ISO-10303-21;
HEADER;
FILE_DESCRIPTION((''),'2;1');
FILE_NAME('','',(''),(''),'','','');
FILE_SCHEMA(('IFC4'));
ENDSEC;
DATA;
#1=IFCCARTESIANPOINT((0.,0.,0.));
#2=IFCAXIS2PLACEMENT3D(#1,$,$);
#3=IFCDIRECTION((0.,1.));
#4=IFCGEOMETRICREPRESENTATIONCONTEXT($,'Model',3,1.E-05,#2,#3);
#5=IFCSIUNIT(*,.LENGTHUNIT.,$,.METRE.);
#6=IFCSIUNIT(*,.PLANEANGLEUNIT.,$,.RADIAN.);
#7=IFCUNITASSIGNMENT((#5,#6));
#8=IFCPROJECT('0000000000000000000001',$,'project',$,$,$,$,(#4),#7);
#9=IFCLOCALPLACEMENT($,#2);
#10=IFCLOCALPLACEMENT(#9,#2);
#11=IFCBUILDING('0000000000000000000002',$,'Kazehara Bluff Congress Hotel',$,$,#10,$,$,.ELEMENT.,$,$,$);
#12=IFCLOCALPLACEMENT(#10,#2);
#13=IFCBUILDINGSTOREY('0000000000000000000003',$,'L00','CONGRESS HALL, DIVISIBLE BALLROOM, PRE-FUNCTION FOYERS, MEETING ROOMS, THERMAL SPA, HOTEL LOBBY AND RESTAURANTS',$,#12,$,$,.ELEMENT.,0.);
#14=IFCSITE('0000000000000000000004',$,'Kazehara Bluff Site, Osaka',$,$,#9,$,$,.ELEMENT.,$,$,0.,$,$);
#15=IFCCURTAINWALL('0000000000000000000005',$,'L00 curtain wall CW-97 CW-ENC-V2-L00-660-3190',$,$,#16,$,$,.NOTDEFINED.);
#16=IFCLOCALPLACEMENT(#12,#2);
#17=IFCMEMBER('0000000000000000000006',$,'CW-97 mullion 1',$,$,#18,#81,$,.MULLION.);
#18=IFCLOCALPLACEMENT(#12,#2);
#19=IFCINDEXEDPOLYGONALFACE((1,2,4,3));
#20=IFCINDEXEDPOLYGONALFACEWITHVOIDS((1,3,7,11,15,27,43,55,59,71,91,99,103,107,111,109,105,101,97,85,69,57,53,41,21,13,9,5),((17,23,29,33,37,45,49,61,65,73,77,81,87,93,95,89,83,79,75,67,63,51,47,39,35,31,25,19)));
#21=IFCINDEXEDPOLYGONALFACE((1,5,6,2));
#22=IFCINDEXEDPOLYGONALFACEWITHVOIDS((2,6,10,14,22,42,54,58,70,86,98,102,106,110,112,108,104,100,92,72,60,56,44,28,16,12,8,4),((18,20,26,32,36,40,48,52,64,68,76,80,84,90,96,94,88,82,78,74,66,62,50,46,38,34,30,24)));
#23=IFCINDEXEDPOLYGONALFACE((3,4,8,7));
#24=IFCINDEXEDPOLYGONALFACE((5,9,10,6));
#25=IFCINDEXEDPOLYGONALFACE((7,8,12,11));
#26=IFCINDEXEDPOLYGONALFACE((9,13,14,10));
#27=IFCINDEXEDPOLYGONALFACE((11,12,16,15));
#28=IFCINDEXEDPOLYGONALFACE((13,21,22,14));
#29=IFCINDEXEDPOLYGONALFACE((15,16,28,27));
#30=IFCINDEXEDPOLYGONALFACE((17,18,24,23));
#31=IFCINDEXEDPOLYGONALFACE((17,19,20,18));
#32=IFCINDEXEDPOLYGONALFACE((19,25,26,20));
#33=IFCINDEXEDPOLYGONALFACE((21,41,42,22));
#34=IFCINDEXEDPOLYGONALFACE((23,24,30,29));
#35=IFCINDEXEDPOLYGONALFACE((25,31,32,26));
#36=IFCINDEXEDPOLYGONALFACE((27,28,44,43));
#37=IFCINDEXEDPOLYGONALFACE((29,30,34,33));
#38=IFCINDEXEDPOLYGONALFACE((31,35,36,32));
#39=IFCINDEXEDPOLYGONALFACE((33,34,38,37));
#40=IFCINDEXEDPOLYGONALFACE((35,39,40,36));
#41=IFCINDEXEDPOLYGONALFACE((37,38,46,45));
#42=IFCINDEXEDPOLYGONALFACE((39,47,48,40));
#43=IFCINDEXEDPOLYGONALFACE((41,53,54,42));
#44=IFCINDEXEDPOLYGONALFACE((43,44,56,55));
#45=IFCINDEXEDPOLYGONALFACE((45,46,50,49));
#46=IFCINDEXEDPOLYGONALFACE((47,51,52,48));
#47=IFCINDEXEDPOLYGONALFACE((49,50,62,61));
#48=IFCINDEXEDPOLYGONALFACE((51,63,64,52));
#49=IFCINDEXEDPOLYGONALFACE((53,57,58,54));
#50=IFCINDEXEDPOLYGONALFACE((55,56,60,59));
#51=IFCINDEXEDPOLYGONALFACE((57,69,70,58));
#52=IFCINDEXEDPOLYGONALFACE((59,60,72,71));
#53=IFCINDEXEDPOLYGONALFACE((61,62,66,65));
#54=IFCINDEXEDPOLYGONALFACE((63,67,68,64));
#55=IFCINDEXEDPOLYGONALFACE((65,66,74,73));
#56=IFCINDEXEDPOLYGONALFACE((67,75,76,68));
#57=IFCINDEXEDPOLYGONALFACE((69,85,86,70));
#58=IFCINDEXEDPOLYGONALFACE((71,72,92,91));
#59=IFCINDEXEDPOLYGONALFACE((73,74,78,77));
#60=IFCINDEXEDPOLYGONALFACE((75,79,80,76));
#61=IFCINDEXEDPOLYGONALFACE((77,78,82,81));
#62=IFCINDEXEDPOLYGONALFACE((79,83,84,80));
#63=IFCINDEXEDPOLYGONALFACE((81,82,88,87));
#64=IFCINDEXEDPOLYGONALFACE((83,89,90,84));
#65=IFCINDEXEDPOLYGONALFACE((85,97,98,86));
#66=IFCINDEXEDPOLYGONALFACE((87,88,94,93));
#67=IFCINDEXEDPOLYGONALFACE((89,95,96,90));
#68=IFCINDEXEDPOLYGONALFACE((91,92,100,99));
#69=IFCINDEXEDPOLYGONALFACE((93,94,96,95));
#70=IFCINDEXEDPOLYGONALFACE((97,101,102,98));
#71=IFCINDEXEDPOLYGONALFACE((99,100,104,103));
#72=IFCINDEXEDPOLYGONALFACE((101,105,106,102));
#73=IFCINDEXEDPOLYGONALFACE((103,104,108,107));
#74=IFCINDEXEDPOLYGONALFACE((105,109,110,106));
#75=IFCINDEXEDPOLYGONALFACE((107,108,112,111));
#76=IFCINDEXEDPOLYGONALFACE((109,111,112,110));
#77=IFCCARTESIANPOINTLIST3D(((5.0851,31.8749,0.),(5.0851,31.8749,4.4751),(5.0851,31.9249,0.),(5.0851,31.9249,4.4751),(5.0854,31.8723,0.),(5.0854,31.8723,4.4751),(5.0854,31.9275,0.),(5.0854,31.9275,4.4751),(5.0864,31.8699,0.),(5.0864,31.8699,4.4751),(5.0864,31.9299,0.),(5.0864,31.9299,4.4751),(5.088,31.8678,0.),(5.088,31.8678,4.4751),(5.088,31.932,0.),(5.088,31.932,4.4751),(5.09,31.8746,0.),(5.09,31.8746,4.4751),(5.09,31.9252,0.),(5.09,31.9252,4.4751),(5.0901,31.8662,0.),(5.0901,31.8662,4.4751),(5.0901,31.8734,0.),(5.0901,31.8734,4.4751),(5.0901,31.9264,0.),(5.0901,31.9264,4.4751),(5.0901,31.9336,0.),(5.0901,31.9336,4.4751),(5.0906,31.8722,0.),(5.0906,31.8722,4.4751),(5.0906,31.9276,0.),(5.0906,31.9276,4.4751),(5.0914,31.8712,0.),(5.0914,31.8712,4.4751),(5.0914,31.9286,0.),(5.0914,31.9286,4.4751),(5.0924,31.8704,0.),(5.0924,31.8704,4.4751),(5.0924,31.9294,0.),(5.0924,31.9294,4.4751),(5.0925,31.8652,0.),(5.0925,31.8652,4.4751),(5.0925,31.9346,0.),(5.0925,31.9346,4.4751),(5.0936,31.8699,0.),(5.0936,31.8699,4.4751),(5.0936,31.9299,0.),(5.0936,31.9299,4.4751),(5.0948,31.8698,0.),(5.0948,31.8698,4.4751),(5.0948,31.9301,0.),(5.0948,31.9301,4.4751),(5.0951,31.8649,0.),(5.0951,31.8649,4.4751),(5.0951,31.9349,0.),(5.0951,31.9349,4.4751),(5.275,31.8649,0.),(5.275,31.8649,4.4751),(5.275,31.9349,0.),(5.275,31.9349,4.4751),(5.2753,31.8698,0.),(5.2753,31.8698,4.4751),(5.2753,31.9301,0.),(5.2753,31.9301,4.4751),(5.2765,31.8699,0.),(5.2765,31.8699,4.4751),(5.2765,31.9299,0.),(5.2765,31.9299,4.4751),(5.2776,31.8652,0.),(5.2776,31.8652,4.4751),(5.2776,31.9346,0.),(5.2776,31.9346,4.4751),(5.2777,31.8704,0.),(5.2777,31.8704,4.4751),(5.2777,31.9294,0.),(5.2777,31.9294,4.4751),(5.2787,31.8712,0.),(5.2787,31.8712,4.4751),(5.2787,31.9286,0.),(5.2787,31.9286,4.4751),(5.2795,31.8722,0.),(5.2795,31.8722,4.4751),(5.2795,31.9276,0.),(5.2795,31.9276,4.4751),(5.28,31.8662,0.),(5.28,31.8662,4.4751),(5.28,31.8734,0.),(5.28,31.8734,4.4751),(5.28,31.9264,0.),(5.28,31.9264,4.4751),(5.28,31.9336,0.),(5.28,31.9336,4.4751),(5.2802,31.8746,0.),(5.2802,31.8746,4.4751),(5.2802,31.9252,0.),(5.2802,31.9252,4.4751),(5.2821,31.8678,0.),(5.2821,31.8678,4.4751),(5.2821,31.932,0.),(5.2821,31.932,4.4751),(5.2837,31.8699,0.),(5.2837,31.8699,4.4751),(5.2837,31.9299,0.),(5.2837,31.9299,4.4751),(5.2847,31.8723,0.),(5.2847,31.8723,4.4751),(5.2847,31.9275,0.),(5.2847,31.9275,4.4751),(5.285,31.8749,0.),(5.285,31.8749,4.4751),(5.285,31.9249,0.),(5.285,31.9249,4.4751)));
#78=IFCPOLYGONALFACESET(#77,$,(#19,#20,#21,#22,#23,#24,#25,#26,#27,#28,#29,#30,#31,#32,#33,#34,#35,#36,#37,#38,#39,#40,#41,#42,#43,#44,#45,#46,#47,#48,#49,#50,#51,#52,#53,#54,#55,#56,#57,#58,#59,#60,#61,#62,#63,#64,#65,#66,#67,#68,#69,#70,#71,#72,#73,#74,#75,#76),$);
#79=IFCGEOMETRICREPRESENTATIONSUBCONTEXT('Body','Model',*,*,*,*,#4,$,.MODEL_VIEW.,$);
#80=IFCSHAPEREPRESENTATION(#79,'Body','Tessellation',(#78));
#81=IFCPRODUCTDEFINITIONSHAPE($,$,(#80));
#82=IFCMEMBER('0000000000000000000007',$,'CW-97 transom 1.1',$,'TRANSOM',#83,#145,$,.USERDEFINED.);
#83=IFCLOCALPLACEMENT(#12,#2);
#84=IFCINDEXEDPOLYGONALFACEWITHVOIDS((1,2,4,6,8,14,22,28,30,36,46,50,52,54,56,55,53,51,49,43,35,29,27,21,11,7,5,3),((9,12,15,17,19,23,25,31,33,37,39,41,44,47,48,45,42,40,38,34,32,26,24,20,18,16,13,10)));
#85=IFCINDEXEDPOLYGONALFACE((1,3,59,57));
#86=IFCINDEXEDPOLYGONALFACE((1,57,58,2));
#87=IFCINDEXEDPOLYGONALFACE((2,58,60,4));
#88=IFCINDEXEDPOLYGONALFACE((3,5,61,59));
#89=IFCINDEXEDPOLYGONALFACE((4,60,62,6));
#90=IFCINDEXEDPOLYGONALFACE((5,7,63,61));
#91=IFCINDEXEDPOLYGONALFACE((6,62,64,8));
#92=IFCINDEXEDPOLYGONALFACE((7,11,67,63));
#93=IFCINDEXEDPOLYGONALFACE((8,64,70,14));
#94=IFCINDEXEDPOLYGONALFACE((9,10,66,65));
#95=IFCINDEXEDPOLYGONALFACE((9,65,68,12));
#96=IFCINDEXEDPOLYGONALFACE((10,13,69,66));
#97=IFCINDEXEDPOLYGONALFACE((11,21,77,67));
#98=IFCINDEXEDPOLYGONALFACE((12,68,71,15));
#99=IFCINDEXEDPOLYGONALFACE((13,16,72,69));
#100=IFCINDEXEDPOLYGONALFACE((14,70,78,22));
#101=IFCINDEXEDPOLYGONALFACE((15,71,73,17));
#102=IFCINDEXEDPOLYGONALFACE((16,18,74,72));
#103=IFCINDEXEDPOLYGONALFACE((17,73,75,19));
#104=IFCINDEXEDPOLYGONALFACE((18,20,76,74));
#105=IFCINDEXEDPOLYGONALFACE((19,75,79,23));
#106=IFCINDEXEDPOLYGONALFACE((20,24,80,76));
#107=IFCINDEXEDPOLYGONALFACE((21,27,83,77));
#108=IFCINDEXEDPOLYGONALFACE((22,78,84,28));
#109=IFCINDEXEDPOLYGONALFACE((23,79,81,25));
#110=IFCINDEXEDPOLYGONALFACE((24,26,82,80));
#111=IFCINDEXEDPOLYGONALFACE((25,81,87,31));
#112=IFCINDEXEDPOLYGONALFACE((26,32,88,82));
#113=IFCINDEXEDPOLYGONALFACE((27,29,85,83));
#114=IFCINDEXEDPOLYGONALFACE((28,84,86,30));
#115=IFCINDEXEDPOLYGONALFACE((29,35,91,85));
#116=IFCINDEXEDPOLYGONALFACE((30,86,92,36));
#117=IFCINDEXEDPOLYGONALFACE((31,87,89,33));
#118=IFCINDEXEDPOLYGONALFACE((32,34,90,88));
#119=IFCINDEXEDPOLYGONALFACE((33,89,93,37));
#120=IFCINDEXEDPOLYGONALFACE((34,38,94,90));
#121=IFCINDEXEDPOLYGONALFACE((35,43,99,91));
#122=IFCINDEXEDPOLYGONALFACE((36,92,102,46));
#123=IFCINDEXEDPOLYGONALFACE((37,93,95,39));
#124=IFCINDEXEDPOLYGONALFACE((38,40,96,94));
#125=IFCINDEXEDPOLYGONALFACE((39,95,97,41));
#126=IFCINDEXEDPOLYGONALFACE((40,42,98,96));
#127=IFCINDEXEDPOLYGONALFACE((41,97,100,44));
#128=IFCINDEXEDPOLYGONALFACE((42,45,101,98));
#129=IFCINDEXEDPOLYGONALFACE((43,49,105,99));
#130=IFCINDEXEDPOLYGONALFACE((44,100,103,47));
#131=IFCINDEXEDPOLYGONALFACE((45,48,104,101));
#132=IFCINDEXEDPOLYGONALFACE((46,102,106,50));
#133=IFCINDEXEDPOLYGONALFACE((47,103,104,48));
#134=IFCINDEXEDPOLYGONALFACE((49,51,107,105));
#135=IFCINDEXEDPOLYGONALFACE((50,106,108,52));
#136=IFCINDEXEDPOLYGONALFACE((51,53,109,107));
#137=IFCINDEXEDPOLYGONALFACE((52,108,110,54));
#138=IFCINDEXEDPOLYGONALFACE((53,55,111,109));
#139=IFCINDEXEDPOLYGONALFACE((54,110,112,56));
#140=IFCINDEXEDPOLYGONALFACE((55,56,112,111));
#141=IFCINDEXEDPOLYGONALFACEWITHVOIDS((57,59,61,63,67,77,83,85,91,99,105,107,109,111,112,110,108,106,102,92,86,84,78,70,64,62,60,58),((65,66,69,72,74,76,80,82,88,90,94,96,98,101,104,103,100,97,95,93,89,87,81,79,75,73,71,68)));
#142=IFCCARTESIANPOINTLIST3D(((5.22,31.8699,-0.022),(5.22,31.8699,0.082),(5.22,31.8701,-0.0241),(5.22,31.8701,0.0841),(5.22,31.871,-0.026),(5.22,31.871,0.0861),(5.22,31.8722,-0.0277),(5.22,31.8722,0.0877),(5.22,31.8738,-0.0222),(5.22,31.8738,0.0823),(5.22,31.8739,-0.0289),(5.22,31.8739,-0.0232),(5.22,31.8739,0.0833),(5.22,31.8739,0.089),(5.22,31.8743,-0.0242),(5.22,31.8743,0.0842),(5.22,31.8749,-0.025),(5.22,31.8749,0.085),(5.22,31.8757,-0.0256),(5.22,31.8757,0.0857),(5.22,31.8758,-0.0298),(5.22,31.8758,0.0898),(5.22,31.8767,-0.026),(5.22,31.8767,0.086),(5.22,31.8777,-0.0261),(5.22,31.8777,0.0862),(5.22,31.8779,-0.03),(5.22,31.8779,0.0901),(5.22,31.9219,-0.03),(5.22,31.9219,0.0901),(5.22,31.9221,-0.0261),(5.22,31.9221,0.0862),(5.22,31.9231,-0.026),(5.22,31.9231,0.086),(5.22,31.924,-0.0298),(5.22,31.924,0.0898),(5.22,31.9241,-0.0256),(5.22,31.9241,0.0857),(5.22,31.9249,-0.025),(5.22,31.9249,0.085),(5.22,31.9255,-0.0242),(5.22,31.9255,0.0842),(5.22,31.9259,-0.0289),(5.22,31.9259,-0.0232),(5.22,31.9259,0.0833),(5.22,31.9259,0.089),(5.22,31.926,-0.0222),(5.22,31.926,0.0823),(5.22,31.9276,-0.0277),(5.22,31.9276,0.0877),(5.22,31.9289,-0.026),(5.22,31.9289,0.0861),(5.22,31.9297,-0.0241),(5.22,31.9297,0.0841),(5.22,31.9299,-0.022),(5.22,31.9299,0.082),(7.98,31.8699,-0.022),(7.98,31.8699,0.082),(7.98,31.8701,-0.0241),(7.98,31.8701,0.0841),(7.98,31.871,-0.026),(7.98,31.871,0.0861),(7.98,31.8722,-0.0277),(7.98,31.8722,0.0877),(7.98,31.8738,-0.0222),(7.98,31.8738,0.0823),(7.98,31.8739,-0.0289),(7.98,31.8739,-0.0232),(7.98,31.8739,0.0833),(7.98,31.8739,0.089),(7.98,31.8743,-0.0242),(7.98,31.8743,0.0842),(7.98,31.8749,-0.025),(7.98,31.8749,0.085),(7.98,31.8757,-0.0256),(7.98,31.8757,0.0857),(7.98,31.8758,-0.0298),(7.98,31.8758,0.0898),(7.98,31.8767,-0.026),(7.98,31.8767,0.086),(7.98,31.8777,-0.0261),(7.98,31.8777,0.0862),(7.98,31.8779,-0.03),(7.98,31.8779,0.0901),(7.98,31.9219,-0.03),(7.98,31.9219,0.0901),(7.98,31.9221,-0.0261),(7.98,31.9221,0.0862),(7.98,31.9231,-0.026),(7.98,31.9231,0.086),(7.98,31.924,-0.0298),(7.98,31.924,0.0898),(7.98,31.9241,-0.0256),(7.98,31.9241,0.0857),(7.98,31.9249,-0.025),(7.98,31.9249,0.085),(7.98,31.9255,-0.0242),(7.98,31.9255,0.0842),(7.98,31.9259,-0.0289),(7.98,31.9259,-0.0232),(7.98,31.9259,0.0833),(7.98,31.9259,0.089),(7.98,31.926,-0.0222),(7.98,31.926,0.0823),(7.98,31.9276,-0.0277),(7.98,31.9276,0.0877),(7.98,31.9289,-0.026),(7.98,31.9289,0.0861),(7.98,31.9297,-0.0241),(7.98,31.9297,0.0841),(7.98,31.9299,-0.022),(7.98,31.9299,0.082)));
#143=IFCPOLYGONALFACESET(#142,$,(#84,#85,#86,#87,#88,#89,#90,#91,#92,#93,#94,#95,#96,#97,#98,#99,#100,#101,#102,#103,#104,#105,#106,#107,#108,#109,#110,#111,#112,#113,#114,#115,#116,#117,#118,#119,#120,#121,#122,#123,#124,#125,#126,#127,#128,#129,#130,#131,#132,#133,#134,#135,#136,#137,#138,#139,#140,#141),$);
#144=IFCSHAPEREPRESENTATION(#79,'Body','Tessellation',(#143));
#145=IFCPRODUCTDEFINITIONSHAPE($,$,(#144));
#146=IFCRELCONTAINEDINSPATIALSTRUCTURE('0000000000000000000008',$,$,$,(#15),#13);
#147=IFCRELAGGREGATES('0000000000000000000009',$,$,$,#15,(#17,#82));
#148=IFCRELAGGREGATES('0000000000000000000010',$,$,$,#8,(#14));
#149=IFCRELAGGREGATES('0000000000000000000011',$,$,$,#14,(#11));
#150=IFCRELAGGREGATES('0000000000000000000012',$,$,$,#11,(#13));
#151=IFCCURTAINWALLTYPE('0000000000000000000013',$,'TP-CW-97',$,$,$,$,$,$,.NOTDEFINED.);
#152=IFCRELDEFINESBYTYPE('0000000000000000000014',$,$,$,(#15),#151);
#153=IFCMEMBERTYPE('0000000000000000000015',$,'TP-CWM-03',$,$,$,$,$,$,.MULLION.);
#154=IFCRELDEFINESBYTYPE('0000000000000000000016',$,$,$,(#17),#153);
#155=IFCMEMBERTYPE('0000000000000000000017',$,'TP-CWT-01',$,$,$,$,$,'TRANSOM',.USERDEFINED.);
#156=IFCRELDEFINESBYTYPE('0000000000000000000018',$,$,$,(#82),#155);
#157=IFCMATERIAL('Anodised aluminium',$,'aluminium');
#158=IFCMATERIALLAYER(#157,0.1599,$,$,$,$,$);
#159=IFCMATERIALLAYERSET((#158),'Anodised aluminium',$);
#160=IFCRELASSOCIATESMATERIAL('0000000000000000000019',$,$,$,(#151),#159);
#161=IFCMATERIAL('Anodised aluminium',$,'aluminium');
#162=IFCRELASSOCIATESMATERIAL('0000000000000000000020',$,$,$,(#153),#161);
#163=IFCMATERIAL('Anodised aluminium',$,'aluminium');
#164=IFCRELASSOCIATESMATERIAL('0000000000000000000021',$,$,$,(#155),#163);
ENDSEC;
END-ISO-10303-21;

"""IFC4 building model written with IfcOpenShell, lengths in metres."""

from ifc_helpers import new_model, si_unit, direction, frame, origin, origin_2d, place, context, subcontext, project, spatial, hollow_rectangle, extrude, material, layer, layer_set, material_profile, profile_set, type_object, element, aggregate, save


model = new_model("IFC4")

# Units and contexts
model_context = context("Model", 3, precision=1e-05, world=origin(), true_north=direction((0.0, 1.0)))
body_context = subcontext(model_context, "Body", "Model", "MODEL_VIEW")
ifc_project = project(units=[si_unit("LENGTHUNIT", "METRE"), si_unit("PLANEANGLEUNIT", "RADIAN")], contexts=[model_context])

# Site, building, storey
site_placement = place(None, origin())
site = spatial("IfcSite", under=ifc_project, at=site_placement, Name="Kazehara Bluff Site, Osaka", CompositionType="ELEMENT", RefElevation=0.0)
building_placement = place(site_placement, origin())
building = spatial("IfcBuilding", under=site, at=building_placement, Name="Kazehara Bluff Congress Hotel", CompositionType="ELEMENT")
storey_placement = place(building_placement, origin())
storey = spatial("IfcBuildingStorey", under=building, at=storey_placement, Name="L00", Description="CONGRESS HALL, DIVISIBLE BALLROOM, PRE-FUNCTION FOYERS, MEETING ROOMS, THERMAL SPA, HOTEL LOBBY AND RESTAURANTS", CompositionType="ELEMENT", Elevation=0.0)

# Curtain wall, members
ifc_material_1 = material(Name="Anodised aluminium", Category="aluminium")
ifc_layer_1 = layer(ifc_material_1, 0.1599)
ifc_layer_set_1 = layer_set([ifc_layer_1], Name="Anodised aluminium")
curtain_wall_type = type_object("IfcCurtainWallType", Name="TP-CW-97", PredefinedType="NOTDEFINED", material=ifc_layer_set_1)
curtain_wall_placement = place(storey_placement, origin())
curtain_wall = element("IfcCurtainWall", 1, at=curtain_wall_placement, inside=storey, type_object=curtain_wall_type, Name="L00 curtain wall CW-97 CW-ENC-V2-L00-660-3190", PredefinedType="NOTDEFINED")
ifc_material_2 = material(Name="Anodised aluminium", Category="aluminium")
ifc_material_profile_1 = material_profile(ifc_material_2, hollow_rectangle(XDim=0.0701, YDim=0.2, WallThickness=0.0049, InnerFilletRadius=0.0049, OuterFilletRadius=0.01, at=origin_2d()))
ifc_profile_set_1 = profile_set([ifc_material_profile_1], Name="Anodised aluminium")
member_type_1 = type_object("IfcMemberType", Name="TP-CWM-03", PredefinedType="MULLION", material=ifc_profile_set_1)
member_1_placement = place(storey_placement, frame((5.1851, 31.8999, 0.0), z_axis=(0.0, 0.0, 1.0), x_axis=(0.0, 1.0, 0.0)))
member_1 = element("IfcMember", 2, at=member_1_placement, type_object=member_type_1, Name="CW-97 mullion 1", PredefinedType="MULLION", context=body_context, shape_type="SweptSolid", body=[
    extrude(hollow_rectangle(XDim=0.0701, YDim=0.2, WallThickness=0.0049, InnerFilletRadius=0.0049, OuterFilletRadius=0.01, at=origin_2d()), origin(), (0.0, 0.0, 1.0), 4.4751),
])
ifc_material_3 = material(Name="Anodised aluminium", Category="aluminium")
ifc_material_profile_2 = material_profile(ifc_material_3, hollow_rectangle(XDim=0.0601, YDim=0.1201, WallThickness=0.0039, InnerFilletRadius=0.0039, OuterFilletRadius=0.0081, at=origin_2d()))
ifc_profile_set_2 = profile_set([ifc_material_profile_2], Name="Anodised aluminium")
member_type_2 = type_object("IfcMemberType", Name="TP-CWT-01", ElementType="TRANSOM", PredefinedType="USERDEFINED", material=ifc_profile_set_2)
member_2_placement = place(storey_placement, frame((5.22, 31.8999, 0.03), z_axis=(1.0, 0.0, 0.0), x_axis=(0.0, 1.0, 0.0)))
member_2 = element("IfcMember", 3, at=member_2_placement, type_object=member_type_2, Name="CW-97 transom 1.1", ObjectType="TRANSOM", PredefinedType="USERDEFINED", context=body_context, shape_type="SweptSolid", body=[
    extrude(hollow_rectangle(XDim=0.0601, YDim=0.1201, WallThickness=0.0039, InnerFilletRadius=0.0039, OuterFilletRadius=0.0081, at=origin_2d()), origin(), (0.0, 0.0, 1.0), 2.76),
])

aggregate(curtain_wall, [member_1, member_2])

save(model, "model.ifc")
